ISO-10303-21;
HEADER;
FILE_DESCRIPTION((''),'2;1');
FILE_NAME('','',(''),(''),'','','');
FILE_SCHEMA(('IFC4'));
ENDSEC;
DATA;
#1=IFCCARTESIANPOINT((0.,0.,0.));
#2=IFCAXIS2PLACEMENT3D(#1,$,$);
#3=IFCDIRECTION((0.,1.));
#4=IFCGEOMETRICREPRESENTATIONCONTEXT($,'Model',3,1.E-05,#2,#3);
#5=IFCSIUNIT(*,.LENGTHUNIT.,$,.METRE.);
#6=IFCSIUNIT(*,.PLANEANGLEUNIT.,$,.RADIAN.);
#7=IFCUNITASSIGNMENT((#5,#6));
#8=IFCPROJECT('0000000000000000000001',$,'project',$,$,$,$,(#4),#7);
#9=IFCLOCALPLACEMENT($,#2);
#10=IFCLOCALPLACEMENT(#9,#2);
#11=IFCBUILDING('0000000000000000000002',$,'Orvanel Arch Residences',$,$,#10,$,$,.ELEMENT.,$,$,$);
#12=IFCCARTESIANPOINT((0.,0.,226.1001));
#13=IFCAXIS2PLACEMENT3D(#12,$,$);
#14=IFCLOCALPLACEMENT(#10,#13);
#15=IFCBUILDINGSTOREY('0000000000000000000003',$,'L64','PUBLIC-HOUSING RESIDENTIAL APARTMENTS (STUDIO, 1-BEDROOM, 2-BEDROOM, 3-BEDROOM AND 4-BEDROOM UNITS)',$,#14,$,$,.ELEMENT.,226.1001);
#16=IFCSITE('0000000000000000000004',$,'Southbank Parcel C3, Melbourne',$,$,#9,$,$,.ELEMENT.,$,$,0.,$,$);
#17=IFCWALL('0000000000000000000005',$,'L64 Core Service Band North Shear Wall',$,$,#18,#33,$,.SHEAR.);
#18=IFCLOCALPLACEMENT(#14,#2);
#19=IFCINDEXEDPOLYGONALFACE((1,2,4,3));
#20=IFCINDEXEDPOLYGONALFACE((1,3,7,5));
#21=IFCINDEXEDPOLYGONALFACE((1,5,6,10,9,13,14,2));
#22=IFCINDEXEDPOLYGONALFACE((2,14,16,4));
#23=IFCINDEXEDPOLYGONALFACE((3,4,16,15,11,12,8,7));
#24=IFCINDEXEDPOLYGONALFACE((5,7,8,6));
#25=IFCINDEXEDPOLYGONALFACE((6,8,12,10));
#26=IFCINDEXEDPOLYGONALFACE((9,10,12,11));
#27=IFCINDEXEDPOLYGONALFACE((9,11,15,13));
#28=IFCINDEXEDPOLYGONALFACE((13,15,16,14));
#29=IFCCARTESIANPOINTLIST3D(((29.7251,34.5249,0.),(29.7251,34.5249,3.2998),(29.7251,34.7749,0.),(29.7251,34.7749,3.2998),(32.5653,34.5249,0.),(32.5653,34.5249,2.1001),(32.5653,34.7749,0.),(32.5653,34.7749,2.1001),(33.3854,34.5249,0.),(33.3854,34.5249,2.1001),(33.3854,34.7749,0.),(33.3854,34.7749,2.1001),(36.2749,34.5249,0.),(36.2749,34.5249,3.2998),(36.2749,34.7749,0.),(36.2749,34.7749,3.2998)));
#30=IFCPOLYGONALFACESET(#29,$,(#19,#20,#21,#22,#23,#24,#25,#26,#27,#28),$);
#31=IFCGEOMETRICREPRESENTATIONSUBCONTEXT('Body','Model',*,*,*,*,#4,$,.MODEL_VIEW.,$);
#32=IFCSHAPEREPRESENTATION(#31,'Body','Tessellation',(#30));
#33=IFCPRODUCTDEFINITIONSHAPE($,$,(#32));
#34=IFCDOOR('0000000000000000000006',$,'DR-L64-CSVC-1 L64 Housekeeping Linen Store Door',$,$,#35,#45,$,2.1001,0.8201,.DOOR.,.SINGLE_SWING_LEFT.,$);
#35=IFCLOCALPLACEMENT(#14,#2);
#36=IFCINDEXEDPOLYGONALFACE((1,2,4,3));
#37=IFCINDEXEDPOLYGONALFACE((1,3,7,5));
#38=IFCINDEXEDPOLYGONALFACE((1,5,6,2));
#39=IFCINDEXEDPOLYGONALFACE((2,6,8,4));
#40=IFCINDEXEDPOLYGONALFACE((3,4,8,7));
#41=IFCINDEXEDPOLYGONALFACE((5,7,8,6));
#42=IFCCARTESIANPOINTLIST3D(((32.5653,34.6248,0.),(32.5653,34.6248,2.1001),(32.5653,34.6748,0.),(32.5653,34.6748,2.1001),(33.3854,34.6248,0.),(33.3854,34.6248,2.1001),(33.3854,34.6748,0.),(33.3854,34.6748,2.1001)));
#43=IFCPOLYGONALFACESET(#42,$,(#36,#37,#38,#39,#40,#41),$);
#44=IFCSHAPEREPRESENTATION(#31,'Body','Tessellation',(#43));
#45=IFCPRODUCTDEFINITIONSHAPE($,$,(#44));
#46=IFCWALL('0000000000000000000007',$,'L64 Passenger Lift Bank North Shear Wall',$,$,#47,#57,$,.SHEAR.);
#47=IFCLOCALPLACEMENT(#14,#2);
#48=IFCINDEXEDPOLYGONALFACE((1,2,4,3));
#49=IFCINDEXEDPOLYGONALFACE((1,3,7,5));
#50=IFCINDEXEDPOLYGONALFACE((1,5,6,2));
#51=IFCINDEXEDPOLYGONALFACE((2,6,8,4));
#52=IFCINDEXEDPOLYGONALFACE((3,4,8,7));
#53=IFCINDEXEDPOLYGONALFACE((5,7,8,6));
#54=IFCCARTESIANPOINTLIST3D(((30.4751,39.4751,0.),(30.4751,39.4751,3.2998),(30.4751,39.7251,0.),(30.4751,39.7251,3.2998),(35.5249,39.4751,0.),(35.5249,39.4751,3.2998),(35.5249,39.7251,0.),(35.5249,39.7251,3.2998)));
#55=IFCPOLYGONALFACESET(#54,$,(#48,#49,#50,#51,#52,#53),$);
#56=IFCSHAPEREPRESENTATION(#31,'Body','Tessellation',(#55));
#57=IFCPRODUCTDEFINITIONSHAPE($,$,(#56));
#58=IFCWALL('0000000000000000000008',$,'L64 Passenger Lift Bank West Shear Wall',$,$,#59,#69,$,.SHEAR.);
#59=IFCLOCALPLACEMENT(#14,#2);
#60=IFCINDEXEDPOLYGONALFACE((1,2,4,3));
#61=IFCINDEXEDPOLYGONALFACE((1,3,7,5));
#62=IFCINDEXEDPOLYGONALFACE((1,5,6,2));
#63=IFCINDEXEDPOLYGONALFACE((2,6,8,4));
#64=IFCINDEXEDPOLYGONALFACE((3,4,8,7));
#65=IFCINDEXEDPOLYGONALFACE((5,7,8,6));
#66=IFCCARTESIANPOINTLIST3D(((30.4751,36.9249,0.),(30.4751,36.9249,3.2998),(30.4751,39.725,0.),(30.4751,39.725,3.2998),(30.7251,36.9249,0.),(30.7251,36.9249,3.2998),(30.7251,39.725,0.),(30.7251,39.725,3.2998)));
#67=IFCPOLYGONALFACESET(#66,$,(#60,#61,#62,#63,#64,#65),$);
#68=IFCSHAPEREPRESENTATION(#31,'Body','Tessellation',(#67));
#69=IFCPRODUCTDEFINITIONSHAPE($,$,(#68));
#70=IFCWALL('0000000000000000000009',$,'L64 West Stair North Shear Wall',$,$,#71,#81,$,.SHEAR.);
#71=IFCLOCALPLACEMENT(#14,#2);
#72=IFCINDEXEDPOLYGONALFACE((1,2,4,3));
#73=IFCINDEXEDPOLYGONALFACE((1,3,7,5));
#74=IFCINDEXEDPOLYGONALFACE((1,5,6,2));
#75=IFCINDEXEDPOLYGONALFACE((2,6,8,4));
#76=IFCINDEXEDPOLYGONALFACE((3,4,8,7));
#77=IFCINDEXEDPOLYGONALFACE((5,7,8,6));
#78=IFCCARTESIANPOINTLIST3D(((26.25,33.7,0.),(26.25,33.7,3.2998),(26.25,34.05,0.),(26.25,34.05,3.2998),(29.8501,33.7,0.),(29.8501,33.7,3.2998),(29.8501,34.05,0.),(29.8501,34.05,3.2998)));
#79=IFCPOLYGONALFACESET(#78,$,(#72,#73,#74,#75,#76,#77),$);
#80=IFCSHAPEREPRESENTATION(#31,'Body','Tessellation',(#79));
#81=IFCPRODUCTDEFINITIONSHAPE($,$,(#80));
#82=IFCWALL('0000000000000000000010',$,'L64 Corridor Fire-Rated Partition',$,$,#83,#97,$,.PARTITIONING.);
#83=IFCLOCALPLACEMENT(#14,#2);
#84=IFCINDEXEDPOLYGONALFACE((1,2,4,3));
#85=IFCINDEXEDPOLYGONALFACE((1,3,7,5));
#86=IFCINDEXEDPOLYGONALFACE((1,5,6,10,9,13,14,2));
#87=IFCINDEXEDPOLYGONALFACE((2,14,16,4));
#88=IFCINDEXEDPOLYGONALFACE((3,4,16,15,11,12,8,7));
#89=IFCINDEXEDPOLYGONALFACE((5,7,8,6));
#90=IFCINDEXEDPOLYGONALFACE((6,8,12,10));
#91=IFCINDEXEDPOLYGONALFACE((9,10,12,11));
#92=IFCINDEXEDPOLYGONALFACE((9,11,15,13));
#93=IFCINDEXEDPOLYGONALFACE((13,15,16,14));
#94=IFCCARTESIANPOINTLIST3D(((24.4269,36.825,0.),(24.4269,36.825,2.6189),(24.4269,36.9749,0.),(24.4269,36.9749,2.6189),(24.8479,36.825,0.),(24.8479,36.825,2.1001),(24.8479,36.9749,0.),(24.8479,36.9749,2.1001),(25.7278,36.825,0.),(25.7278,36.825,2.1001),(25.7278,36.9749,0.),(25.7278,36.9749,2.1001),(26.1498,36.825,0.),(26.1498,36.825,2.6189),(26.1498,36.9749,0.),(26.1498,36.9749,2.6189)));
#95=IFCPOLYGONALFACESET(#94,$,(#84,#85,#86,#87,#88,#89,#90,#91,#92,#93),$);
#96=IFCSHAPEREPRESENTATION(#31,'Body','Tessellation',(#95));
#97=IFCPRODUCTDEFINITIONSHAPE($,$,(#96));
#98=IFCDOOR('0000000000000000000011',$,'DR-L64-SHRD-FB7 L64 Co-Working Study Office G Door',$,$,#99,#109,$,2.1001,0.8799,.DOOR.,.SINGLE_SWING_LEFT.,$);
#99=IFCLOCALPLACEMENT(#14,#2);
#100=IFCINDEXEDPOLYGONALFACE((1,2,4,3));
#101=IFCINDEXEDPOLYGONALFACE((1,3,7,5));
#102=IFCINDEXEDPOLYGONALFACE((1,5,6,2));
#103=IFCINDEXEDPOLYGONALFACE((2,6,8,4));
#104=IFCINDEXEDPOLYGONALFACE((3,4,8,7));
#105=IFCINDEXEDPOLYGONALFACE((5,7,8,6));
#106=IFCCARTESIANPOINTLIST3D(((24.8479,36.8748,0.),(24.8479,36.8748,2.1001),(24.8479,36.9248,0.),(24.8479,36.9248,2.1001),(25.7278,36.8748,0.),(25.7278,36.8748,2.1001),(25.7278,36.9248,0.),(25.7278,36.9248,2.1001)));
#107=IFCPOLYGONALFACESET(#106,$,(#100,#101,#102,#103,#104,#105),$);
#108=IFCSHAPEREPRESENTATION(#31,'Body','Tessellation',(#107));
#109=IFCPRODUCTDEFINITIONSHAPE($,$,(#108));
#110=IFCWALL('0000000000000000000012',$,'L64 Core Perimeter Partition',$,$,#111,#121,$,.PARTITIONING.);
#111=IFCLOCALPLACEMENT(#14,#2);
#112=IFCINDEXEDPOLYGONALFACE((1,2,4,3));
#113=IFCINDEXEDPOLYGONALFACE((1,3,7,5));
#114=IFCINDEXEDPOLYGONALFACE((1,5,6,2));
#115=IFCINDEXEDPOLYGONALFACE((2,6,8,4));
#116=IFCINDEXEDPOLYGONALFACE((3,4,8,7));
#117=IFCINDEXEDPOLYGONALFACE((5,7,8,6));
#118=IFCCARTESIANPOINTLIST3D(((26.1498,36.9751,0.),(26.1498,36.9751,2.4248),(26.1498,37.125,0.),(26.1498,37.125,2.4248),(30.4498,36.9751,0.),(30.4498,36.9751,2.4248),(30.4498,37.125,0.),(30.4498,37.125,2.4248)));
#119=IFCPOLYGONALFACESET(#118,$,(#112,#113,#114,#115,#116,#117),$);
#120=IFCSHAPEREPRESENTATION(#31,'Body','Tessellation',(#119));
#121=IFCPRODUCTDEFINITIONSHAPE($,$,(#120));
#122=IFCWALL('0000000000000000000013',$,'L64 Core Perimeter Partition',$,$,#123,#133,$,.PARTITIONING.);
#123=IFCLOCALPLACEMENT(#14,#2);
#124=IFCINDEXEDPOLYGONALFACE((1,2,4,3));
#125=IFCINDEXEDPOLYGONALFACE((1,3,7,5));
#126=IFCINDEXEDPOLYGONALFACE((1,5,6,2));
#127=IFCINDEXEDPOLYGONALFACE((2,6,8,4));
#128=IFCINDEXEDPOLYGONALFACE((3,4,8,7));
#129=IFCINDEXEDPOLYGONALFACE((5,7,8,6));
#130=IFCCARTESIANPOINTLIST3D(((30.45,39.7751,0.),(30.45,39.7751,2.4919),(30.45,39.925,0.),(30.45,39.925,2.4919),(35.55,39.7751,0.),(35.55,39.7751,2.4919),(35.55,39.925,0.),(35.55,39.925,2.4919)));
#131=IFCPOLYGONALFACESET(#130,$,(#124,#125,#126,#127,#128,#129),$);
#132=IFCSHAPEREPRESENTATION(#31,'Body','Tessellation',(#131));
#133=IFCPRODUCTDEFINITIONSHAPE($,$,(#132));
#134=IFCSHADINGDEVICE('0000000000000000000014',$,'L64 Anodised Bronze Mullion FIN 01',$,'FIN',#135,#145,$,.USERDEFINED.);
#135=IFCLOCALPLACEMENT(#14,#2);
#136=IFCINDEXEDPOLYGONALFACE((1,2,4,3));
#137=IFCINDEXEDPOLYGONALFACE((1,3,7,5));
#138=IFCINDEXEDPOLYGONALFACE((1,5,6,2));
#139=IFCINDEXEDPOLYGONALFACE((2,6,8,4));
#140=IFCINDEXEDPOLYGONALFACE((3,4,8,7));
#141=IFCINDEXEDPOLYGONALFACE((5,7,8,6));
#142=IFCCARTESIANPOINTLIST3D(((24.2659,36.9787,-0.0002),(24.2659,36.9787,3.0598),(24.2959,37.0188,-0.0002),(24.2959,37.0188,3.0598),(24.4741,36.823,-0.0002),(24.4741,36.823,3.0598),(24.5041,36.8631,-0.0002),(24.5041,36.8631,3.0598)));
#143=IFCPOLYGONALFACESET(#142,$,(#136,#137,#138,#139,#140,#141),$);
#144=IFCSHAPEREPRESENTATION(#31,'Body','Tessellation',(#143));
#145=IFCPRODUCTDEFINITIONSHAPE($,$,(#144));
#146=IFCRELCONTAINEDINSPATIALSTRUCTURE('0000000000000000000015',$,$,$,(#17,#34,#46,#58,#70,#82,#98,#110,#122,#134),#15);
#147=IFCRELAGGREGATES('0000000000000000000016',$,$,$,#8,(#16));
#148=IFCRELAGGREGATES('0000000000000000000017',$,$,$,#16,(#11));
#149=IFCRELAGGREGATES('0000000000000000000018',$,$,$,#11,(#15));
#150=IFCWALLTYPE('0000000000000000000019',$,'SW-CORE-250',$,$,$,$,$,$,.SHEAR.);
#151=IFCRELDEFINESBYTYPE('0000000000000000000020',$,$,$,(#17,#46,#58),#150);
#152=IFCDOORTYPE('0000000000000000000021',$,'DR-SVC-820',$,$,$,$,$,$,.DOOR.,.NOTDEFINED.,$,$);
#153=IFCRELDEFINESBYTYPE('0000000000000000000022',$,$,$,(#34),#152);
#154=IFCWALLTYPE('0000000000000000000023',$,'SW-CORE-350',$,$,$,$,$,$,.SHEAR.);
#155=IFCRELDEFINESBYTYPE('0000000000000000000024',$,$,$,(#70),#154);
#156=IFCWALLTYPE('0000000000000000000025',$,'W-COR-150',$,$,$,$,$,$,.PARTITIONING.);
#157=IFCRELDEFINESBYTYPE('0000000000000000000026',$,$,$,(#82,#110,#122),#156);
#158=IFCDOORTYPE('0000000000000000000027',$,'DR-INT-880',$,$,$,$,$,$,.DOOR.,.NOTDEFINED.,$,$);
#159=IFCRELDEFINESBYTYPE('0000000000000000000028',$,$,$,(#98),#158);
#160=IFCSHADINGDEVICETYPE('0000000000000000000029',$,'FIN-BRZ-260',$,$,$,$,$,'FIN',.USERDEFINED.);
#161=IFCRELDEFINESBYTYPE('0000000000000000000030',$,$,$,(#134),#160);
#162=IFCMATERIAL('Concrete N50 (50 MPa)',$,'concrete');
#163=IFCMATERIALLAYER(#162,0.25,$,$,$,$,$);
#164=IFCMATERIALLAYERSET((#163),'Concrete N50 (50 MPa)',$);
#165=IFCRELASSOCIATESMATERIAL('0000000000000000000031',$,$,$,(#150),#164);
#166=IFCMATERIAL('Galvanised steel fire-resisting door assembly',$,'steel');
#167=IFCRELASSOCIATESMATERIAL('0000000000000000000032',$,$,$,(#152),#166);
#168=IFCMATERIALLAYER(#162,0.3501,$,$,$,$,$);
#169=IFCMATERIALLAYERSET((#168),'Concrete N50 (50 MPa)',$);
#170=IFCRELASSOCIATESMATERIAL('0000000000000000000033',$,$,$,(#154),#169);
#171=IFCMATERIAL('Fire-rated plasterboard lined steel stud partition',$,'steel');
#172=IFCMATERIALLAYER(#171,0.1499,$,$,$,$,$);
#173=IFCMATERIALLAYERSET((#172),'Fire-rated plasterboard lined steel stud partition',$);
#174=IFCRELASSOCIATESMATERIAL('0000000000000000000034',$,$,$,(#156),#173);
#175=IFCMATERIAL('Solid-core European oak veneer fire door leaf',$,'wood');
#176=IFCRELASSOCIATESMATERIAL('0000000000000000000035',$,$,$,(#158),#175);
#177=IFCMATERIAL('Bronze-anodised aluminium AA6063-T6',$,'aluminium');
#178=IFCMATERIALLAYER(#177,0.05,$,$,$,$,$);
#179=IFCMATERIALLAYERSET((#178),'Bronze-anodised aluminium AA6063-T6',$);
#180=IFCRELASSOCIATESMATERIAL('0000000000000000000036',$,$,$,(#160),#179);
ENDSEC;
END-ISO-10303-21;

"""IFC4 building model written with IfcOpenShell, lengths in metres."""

from ifc_helpers import new_model, si_unit, direction, frame, frame_2d, origin, origin_2d, place, context, subcontext, project, spatial, rectangle, extrude, material, layer, layer_set, type_object, element, fill, save


model = new_model("IFC4")

# Units and contexts
model_context = context("Model", 3, precision=1e-05, world=origin(), true_north=direction((0.0, 1.0)))
body_context = subcontext(model_context, "Body", "Model", "MODEL_VIEW")
ifc_project = project(units=[si_unit("LENGTHUNIT", "METRE"), si_unit("PLANEANGLEUNIT", "RADIAN")], contexts=[model_context])

# Site, building, storey
site_placement = place(None, origin())
site = spatial("IfcSite", under=ifc_project, at=site_placement, Name="Southbank Parcel C3, Melbourne", CompositionType="ELEMENT", RefElevation=0.0)
building_placement = place(site_placement, origin())
building = spatial("IfcBuilding", under=site, at=building_placement, Name="Orvanel Arch Residences", CompositionType="ELEMENT")
storey_placement = place(building_placement, frame((0.0, 0.0, 226.1001)))
storey = spatial("IfcBuildingStorey", under=building, at=storey_placement, Name="L64", Description="PUBLIC-HOUSING RESIDENTIAL APARTMENTS (STUDIO, 1-BEDROOM, 2-BEDROOM, 3-BEDROOM AND 4-BEDROOM UNITS)", CompositionType="ELEMENT", Elevation=226.1001)

# Shared definitions
ifc_material_1 = material(Name="Bronze-anodised aluminium AA6063-T6", Category="aluminium")

# Shared definitions
ifc_material_2 = material(Name="Concrete N50 (50 MPa)", Category="concrete")
ifc_layer_1 = layer(ifc_material_2, 0.25)
ifc_layer_set_1 = layer_set([ifc_layer_1], Name="Concrete N50 (50 MPa)")
wall_type_1 = type_object("IfcWallType", Name="SW-CORE-250", PredefinedType="SHEAR", material=ifc_layer_set_1)

# Wall, opening, door
wall_1_placement = place(storey_placement, frame((29.7251, 34.6499, 0.0), z_axis=(0.0, 0.0, 1.0), x_axis=(1.0, 0.0, 0.0)))
wall_1 = element("IfcWall", 1, at=wall_1_placement, inside=storey, type_object=wall_type_1, Name="L64 Core Service Band North Shear Wall", PredefinedType="SHEAR", context=body_context, shape_type="SweptSolid", body=[
    extrude(rectangle(XDim=6.5498, YDim=0.25, at=frame_2d((3.2749, 0.0))), origin(), (0.0, 0.0, 1.0), 3.2998),
])
opening_1_placement = place(wall_1_placement, frame((2.8401, 0.0, 0.0)))
opening_1 = element("IfcOpeningElement", 2, at=opening_1_placement, cuts=wall_1, PredefinedType="OPENING", context=body_context, shape_type="SweptSolid", body=[
    extrude(rectangle(XDim=0.8201, YDim=2.1001, at=frame_2d((0.4102, 1.05))), frame((0.0, 0.135, 0.0), z_axis=(0.0, -1.0, 0.0), x_axis=(1.0, 0.0, 0.0)), (0.0, 0.0, 1.0), 0.27),
])
ifc_material_3 = material(Name="Galvanised steel fire-resisting door assembly", Category="steel")
door_type_1 = type_object("IfcDoorType", Name="DR-SVC-820", OperationType="NOTDEFINED", PredefinedType="DOOR", material=ifc_material_3)
door_1_placement = place(opening_1_placement, origin())
door_1 = element("IfcDoor", 3, at=door_1_placement, inside=storey, type_object=door_type_1, Name="DR-L64-CSVC-1 L64 Housekeeping Linen Store Door", OperationType="SINGLE_SWING_LEFT", OverallHeight=2.1001, OverallWidth=0.8201, PredefinedType="DOOR", context=body_context, shape_type="SweptSolid", body=[
    extrude(rectangle(XDim=0.8201, YDim=2.1001, at=frame_2d((0.4102, 1.05))), frame((0.0, 0.0249, 0.0), z_axis=(0.0, -1.0, 0.0), x_axis=(1.0, 0.0, 0.0)), (0.0, 0.0, 1.0), 0.05),
])
fill(opening_1, door_1)

# Walls
wall_2_placement = place(storey_placement, frame((30.4751, 39.6001, 0.0), z_axis=(0.0, 0.0, 1.0), x_axis=(1.0, 0.0, 0.0)))
element("IfcWall", 4, at=wall_2_placement, inside=storey, type_object=wall_type_1, Name="L64 Passenger Lift Bank North Shear Wall", PredefinedType="SHEAR", context=body_context, shape_type="SweptSolid", body=[
    extrude(rectangle(XDim=5.0498, YDim=0.25, at=frame_2d((2.5249, 0.0))), origin(), (0.0, 0.0, 1.0), 3.2998),
])
wall_3_placement = place(storey_placement, frame((30.6001, 36.925, 0.0), z_axis=(0.0, 0.0, 1.0), x_axis=(0.0, 1.0, 0.0)))
element("IfcWall", 5, at=wall_3_placement, inside=storey, type_object=wall_type_1, Name="L64 Passenger Lift Bank West Shear Wall", PredefinedType="SHEAR", context=body_context, shape_type="SweptSolid", body=[
    extrude(rectangle(XDim=2.8, YDim=0.25, at=frame_2d((1.3999, 0.0))), origin(), (0.0, 0.0, 1.0), 3.2998),
])
ifc_layer_2 = layer(ifc_material_2, 0.3501)
ifc_layer_set_2 = layer_set([ifc_layer_2], Name="Concrete N50 (50 MPa)")
wall_type_2 = type_object("IfcWallType", Name="SW-CORE-350", PredefinedType="SHEAR", material=ifc_layer_set_2)
wall_4_placement = place(storey_placement, frame((26.25, 33.875, 0.0), z_axis=(0.0, 0.0, 1.0), x_axis=(1.0, 0.0, 0.0)))
element("IfcWall", 6, at=wall_4_placement, inside=storey, type_object=wall_type_2, Name="L64 West Stair North Shear Wall", PredefinedType="SHEAR", context=body_context, shape_type="SweptSolid", body=[
    extrude(rectangle(XDim=3.6001, YDim=0.3501, at=frame_2d((1.8, 0.0))), origin(), (0.0, 0.0, 1.0), 3.2998),
])

# Wall, opening, door
ifc_material_4 = material(Name="Fire-rated plasterboard lined steel stud partition", Category="steel")
ifc_layer_3 = layer(ifc_material_4, 0.1499)
ifc_layer_set_3 = layer_set([ifc_layer_3], Name="Fire-rated plasterboard lined steel stud partition")
wall_type_3 = type_object("IfcWallType", Name="W-COR-150", PredefinedType="PARTITIONING", material=ifc_layer_set_3)
wall_5_placement = place(storey_placement, frame((24.427, 36.8999, 0.0), z_axis=(0.0, 0.0, 1.0), x_axis=(1.0, 0.0, 0.0)))
wall_5 = element("IfcWall", 7, at=wall_5_placement, inside=storey, type_object=wall_type_3, Name="L64 Corridor Fire-Rated Partition", PredefinedType="PARTITIONING", context=body_context, shape_type="SweptSolid", body=[
    extrude(rectangle(XDim=1.7229, YDim=0.1499, at=frame_2d((0.8613, 0.0))), origin(), (0.0, 0.0, 1.0), 2.6189),
])
opening_2_placement = place(wall_5_placement, frame((0.4209, 0.0, 0.0)))
opening_2 = element("IfcOpeningElement", 8, at=opening_2_placement, cuts=wall_5, PredefinedType="OPENING", context=body_context, shape_type="SweptSolid", body=[
    extrude(rectangle(XDim=0.8799, YDim=2.1001, at=frame_2d((0.4399, 1.05))), frame((0.0, 0.085, 0.0), z_axis=(0.0, -1.0, 0.0), x_axis=(1.0, 0.0, 0.0)), (0.0, 0.0, 1.0), 0.1699),
])
ifc_material_5 = material(Name="Solid-core European oak veneer fire door leaf", Category="wood")
door_type_2 = type_object("IfcDoorType", Name="DR-INT-880", OperationType="NOTDEFINED", PredefinedType="DOOR", material=ifc_material_5)
door_2_placement = place(opening_2_placement, origin())
door_2 = element("IfcDoor", 9, at=door_2_placement, inside=storey, type_object=door_type_2, Name="DR-L64-SHRD-FB7 L64 Co-Working Study Office G Door", OperationType="SINGLE_SWING_LEFT", OverallHeight=2.1001, OverallWidth=0.8799, PredefinedType="DOOR", context=body_context, shape_type="SweptSolid", body=[
    extrude(rectangle(XDim=0.8799, YDim=2.1001, at=frame_2d((0.4399, 1.05))), frame((0.0, 0.0249, 0.0), z_axis=(0.0, -1.0, 0.0), x_axis=(1.0, 0.0, 0.0)), (0.0, 0.0, 1.0), 0.05),
])
fill(opening_2, door_2)

# Walls
wall_6_placement = place(storey_placement, frame((26.1499, 37.05, 0.0), z_axis=(0.0, 0.0, 1.0), x_axis=(1.0, 0.0, 0.0)))
element("IfcWall", 10, at=wall_6_placement, inside=storey, type_object=wall_type_3, Name="L64 Core Perimeter Partition", PredefinedType="PARTITIONING", context=body_context, shape_type="SweptSolid", body=[
    extrude(rectangle(XDim=4.3, YDim=0.1499, at=frame_2d((2.1499, 0.0))), origin(), (0.0, 0.0, 1.0), 2.4248),
])
wall_7_placement = place(storey_placement, frame((30.45, 39.8501, 0.0), z_axis=(0.0, 0.0, 1.0), x_axis=(1.0, 0.0, 0.0)))
element("IfcWall", 11, at=wall_7_placement, inside=storey, type_object=wall_type_3, Name="L64 Core Perimeter Partition", PredefinedType="PARTITIONING", context=body_context, shape_type="SweptSolid", body=[
    extrude(rectangle(XDim=5.1001, YDim=0.1499, at=frame_2d((2.55, 0.0))), origin(), (0.0, 0.0, 1.0), 2.4919),
])

# Shading device
ifc_layer_4 = layer(ifc_material_1, 0.05)
ifc_layer_set_4 = layer_set([ifc_layer_4], Name="Bronze-anodised aluminium AA6063-T6")
shading_device_type = type_object("IfcShadingDeviceType", Name="FIN-BRZ-260", ElementType="FIN", PredefinedType="USERDEFINED", material=ifc_layer_set_4)
shading_device_placement = place(storey_placement, frame((24.385, 36.9209, -0.0002), z_axis=(0.0, 0.0, 1.0), x_axis=(-0.800731, 0.599024, 0.0)))
element("IfcShadingDevice", 12, at=shading_device_placement, inside=storey, type_object=shading_device_type, Name="L64 Anodised Bronze Mullion FIN 01", ObjectType="FIN", PredefinedType="USERDEFINED", context=body_context, shape_type="SweptSolid", body=[
    extrude(rectangle(XDim=0.26, YDim=0.05, at=origin_2d()), origin(), (0.0, 0.0, 1.0), 3.0601),
])

save(model, "model.ifc")
